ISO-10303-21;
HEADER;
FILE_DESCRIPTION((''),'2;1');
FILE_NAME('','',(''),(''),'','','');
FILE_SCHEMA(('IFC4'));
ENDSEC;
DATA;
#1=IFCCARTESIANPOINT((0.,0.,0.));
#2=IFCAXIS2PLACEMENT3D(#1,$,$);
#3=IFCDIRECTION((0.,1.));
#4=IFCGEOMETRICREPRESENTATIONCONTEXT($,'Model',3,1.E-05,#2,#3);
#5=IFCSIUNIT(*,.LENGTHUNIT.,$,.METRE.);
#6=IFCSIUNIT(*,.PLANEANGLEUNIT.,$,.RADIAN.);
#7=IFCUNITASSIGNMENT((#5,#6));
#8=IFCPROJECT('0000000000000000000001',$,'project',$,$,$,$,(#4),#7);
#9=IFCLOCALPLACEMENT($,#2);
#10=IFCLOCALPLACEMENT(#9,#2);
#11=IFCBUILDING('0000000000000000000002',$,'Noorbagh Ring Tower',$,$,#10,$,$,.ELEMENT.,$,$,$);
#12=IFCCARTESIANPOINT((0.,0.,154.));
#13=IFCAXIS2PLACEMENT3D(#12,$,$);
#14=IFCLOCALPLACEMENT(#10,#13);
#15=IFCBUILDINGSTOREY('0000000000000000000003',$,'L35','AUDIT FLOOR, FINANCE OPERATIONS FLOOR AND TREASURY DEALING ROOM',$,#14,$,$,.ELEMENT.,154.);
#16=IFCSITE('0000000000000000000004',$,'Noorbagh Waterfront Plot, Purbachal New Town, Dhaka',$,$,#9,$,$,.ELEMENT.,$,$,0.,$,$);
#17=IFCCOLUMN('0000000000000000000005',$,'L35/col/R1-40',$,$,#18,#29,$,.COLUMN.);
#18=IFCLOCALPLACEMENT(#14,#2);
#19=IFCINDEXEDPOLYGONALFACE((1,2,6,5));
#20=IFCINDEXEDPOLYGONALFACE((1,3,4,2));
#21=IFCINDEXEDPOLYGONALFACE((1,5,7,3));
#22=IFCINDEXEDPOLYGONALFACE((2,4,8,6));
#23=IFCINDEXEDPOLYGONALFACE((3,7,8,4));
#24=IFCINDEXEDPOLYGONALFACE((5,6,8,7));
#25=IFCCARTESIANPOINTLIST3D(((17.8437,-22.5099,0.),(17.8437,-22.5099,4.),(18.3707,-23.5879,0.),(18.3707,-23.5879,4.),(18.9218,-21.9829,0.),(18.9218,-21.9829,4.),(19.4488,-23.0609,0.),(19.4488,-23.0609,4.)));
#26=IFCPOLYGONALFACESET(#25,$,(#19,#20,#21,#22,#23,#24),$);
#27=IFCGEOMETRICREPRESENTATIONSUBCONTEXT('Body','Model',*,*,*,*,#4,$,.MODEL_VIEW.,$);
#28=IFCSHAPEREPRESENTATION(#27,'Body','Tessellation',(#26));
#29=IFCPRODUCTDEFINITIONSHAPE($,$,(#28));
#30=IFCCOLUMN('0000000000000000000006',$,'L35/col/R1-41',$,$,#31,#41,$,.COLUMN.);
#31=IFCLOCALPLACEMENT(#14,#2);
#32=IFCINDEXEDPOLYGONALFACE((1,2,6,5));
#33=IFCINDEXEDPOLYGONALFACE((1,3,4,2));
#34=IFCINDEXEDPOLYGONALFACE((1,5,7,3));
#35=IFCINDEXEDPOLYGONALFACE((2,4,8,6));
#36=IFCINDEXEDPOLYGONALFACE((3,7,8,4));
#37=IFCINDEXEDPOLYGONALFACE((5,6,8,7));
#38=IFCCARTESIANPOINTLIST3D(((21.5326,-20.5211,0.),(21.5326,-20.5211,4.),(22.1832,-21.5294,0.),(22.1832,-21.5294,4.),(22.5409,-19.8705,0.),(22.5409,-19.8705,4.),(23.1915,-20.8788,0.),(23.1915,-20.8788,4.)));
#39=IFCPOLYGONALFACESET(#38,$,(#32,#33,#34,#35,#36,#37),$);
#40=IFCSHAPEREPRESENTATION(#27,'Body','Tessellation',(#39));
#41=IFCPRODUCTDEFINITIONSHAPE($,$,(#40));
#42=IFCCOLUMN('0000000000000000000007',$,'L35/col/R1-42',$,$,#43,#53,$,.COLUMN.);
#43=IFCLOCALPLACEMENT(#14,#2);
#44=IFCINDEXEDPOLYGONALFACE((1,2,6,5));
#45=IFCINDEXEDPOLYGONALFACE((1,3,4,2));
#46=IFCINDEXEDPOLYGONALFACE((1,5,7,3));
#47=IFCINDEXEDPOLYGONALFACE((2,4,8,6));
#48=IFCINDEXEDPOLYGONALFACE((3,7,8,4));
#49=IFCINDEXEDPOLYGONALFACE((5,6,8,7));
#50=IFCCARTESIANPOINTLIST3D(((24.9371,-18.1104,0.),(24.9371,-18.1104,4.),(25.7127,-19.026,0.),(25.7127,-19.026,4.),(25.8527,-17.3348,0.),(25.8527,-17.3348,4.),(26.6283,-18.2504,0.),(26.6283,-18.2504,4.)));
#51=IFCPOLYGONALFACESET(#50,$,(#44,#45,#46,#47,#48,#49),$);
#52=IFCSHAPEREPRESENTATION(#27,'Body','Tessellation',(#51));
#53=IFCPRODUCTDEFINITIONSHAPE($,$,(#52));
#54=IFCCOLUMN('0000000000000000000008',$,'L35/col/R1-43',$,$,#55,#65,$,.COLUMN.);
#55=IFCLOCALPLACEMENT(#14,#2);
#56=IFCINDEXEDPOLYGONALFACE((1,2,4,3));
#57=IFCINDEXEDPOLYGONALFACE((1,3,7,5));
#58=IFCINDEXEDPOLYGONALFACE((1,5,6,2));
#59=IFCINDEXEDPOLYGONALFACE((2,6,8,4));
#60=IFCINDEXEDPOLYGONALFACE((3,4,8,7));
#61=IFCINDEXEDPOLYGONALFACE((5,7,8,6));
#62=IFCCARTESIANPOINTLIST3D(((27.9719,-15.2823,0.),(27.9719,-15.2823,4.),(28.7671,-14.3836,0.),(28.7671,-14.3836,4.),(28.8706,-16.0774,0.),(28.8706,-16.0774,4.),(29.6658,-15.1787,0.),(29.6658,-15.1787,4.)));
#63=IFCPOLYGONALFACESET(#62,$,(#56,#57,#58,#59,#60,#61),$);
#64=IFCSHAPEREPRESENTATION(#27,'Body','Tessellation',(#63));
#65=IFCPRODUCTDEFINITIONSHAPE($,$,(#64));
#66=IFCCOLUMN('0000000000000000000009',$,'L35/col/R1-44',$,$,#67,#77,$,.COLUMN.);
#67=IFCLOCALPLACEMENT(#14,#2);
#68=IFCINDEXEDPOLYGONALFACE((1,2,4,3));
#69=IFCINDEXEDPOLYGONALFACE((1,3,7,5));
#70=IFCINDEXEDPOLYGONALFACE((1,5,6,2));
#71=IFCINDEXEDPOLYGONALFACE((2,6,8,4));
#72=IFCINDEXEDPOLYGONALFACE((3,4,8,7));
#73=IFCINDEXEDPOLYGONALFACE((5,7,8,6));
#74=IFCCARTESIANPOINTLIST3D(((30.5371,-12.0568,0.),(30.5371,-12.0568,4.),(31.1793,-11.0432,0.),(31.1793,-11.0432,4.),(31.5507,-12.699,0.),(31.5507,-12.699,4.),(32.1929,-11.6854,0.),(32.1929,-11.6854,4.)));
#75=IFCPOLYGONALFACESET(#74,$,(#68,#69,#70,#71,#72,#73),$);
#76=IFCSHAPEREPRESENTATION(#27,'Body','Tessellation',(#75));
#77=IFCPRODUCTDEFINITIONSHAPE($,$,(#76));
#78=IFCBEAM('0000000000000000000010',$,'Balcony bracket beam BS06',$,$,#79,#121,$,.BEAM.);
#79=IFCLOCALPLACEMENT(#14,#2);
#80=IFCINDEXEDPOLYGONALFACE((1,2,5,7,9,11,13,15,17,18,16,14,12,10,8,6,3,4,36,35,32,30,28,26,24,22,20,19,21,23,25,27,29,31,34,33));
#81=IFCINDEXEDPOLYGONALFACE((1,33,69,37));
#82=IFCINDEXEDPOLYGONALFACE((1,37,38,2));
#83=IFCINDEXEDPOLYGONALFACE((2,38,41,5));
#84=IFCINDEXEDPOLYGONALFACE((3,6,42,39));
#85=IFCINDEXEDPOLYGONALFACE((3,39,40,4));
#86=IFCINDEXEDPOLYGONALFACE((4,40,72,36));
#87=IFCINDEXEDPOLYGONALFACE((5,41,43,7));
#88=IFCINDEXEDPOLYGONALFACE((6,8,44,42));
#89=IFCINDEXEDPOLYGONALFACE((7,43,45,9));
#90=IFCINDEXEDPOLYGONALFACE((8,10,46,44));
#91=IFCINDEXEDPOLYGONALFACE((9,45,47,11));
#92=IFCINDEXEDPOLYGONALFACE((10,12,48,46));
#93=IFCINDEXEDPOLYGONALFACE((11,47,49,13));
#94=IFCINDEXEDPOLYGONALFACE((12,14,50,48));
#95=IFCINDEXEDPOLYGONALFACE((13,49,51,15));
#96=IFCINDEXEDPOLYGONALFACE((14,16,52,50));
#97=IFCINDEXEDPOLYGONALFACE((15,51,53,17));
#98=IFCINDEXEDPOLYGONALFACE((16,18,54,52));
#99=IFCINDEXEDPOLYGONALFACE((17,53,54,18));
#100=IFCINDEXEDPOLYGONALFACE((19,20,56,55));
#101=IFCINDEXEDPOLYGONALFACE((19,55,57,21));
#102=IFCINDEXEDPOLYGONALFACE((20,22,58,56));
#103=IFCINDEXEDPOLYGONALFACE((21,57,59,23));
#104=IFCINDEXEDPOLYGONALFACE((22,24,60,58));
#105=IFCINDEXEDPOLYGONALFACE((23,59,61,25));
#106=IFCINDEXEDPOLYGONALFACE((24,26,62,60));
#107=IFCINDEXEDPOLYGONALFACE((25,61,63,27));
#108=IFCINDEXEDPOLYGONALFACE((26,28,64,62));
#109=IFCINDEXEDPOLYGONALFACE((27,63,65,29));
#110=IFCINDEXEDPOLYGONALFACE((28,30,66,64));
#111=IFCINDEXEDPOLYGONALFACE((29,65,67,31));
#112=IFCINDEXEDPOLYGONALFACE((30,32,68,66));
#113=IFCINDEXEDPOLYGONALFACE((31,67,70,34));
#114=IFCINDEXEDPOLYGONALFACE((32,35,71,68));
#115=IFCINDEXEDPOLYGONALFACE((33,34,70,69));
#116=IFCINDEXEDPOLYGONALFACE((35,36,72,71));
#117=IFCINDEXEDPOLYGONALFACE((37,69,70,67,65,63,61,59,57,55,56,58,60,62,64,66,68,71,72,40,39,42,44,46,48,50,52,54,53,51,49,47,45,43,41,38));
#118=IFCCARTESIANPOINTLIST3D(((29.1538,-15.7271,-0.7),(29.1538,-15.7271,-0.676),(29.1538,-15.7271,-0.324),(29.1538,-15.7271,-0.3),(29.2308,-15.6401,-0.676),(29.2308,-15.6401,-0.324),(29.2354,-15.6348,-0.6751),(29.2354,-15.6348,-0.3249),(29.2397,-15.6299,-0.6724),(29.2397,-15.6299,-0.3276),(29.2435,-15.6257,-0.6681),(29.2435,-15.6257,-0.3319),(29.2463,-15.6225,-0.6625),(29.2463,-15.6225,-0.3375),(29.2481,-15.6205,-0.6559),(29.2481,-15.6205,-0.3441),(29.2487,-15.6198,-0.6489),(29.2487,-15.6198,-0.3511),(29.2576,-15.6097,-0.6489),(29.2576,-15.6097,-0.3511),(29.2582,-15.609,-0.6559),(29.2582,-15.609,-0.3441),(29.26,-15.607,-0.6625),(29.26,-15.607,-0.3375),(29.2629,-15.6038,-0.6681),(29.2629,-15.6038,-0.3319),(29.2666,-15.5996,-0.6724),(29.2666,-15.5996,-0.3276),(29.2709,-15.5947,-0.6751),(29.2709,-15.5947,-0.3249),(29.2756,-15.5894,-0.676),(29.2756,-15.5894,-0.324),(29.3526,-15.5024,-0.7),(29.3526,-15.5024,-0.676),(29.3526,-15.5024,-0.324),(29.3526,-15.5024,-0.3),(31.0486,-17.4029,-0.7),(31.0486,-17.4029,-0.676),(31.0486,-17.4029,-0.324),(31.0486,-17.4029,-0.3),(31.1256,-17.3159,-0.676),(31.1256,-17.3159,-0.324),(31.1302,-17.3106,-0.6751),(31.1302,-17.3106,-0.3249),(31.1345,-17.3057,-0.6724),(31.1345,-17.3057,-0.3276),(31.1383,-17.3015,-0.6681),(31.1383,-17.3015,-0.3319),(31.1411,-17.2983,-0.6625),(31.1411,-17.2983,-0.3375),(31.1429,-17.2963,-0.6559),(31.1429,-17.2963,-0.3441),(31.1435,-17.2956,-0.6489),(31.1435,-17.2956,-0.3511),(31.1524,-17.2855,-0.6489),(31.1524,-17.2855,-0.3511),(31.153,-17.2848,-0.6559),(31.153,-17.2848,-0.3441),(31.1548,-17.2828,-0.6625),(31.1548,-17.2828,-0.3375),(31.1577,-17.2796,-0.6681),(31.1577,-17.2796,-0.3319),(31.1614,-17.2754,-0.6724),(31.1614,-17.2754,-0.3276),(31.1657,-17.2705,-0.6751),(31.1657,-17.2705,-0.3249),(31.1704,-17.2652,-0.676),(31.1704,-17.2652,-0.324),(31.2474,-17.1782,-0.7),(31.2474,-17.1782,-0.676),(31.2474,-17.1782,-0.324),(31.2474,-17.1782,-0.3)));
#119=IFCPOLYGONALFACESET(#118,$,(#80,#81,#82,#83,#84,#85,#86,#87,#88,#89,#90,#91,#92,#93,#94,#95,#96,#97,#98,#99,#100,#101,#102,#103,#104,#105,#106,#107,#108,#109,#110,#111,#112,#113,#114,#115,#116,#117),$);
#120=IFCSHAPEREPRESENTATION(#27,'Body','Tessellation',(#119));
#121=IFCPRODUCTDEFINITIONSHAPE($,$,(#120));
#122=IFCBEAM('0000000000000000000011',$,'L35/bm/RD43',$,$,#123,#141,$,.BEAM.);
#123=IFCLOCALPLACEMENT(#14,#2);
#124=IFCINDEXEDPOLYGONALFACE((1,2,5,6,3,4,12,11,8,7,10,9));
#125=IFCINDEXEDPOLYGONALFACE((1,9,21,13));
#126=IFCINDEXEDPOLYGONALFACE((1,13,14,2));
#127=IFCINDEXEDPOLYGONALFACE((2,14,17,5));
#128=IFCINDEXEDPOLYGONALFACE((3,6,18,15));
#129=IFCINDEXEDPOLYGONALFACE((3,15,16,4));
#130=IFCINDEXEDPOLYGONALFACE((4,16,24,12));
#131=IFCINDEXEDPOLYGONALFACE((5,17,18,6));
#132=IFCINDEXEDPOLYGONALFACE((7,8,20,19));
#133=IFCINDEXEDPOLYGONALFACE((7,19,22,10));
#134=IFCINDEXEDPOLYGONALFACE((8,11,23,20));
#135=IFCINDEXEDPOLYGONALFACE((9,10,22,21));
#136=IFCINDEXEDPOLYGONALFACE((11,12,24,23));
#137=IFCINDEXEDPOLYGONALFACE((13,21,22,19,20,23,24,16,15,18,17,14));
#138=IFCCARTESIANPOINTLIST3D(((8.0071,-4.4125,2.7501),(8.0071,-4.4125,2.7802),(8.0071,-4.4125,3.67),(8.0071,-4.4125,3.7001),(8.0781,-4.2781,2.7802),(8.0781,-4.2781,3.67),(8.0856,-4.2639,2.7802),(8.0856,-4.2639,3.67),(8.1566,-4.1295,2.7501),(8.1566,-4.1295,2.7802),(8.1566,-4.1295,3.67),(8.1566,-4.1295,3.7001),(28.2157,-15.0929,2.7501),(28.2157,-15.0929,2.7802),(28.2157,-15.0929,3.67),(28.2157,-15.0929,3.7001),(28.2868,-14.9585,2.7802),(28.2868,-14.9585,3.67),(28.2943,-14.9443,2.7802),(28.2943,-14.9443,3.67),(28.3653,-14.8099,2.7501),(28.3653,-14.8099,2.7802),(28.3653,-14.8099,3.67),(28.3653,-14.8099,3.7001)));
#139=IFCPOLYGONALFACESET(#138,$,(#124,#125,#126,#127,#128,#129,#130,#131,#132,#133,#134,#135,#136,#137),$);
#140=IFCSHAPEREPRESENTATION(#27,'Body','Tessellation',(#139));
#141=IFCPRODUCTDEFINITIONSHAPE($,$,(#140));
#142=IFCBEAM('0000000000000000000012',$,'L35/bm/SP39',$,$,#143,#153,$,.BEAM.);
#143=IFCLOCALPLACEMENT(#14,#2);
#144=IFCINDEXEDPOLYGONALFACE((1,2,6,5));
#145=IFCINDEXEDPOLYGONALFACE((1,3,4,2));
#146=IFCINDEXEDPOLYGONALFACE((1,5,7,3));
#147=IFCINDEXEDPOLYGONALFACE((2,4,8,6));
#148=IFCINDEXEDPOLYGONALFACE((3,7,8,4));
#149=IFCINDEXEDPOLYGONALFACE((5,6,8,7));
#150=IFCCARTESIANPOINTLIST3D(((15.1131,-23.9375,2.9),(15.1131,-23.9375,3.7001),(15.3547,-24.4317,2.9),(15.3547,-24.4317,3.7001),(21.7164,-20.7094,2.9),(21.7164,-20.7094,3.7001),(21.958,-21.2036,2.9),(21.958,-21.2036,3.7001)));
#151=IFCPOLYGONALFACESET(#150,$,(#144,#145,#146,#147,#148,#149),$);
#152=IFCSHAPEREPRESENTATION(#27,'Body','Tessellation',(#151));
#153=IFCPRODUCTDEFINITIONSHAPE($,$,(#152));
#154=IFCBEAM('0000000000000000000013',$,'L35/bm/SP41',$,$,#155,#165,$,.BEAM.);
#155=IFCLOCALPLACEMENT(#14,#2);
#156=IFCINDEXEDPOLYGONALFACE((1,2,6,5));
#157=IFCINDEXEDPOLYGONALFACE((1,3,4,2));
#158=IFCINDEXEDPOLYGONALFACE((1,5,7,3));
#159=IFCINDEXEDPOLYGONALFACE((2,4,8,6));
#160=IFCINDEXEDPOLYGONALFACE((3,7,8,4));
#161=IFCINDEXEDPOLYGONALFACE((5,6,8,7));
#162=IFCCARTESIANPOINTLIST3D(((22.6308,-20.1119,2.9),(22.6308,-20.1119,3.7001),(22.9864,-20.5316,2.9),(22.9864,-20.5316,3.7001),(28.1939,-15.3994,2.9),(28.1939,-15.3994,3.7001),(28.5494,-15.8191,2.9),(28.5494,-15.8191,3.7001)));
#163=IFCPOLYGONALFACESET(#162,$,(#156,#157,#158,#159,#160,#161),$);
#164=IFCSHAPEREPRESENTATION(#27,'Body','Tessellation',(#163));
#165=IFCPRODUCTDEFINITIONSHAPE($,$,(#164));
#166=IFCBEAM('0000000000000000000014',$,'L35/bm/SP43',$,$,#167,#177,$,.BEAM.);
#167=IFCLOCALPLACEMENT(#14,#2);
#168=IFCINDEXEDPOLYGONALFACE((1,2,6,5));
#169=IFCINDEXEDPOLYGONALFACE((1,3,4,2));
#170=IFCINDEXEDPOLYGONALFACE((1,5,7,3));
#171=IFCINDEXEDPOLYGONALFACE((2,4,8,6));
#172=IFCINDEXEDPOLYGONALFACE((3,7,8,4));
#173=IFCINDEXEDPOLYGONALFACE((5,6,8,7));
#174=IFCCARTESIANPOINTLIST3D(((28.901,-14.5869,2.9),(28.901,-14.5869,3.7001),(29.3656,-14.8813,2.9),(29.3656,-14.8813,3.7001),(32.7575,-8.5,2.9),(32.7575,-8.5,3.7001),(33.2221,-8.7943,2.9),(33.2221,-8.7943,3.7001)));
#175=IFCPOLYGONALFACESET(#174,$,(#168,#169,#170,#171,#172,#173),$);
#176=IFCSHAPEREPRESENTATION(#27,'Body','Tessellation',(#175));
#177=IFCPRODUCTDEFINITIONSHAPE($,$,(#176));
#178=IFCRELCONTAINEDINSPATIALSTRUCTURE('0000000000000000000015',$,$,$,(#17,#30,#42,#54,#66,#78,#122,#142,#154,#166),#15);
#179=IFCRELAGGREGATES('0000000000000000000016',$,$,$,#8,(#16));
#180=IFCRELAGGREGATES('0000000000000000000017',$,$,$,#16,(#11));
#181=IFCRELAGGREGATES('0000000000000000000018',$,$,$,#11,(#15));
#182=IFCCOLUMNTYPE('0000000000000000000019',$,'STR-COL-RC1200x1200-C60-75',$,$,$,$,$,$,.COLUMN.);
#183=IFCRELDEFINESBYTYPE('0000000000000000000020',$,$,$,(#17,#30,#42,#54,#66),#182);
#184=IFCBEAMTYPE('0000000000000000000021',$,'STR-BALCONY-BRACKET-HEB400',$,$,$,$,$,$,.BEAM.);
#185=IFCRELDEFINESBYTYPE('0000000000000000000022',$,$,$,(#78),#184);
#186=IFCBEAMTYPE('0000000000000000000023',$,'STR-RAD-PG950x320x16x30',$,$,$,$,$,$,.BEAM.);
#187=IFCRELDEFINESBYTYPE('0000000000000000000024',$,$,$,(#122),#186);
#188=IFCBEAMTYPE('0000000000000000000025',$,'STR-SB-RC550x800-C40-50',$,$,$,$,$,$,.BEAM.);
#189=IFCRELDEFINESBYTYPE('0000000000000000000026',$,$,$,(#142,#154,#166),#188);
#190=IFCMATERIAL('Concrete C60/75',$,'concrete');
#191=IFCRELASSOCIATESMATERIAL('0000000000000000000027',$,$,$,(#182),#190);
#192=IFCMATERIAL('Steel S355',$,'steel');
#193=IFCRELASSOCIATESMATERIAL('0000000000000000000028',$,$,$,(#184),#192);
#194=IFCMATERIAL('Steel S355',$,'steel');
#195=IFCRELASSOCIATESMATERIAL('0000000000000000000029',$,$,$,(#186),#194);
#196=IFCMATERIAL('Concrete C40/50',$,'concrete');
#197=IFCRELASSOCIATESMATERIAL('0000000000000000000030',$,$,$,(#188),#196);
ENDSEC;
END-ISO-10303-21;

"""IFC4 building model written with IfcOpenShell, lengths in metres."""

from ifc_helpers import new_model, si_unit, direction, frame, origin, origin_2d, place, context, subcontext, project, spatial, rectangle, i_section, extrude, material, material_profile, profile_set, type_object, element, save


model = new_model("IFC4")

# Units and contexts
model_context = context("Model", 3, precision=1e-05, world=origin(), true_north=direction((0.0, 1.0)))
body_context = subcontext(model_context, "Body", "Model", "MODEL_VIEW")
ifc_project = project(units=[si_unit("LENGTHUNIT", "METRE"), si_unit("PLANEANGLEUNIT", "RADIAN")], contexts=[model_context])

# Site, building, storey
site_placement = place(None, origin())
site = spatial("IfcSite", under=ifc_project, at=site_placement, Name="Noorbagh Waterfront Plot, Purbachal New Town, Dhaka", CompositionType="ELEMENT", RefElevation=0.0)
building_placement = place(site_placement, origin())
building = spatial("IfcBuilding", under=site, at=building_placement, Name="Noorbagh Ring Tower", CompositionType="ELEMENT")
storey_placement = place(building_placement, frame((0.0, 0.0, 154.0)))
storey = spatial("IfcBuildingStorey", under=building, at=storey_placement, Name="L35", Description="AUDIT FLOOR, FINANCE OPERATIONS FLOOR AND TREASURY DEALING ROOM", CompositionType="ELEMENT", Elevation=154.0)

# Columns
ifc_material_1 = material(Name="Concrete C60/75", Category="concrete")
ifc_material_profile_1 = material_profile(ifc_material_1, rectangle(XDim=1.2, YDim=1.2, at=origin_2d()), Name="RC1200x1200")
ifc_profile_set_1 = profile_set([ifc_material_profile_1], Name="Concrete C60/75")
column_type = type_object("IfcColumnType", Name="STR-COL-RC1200x1200-C60-75", PredefinedType="COLUMN", material=ifc_profile_set_1)
for number, where, z_axis, x_axis, name in (
    (1, (18.6462, -22.7854, 0.0), (0.0, 0.0, 1.0), (0.898399, 0.43918, 0.0), "L35/col/R1-40"),
    (2, (22.3621, -20.7, 0.0), (0.0, 0.0, 1.0), (0.840248, 0.542203, 0.0), "L35/col/R1-41"),
    (3, (25.7827, -18.1804, 0.0), (0.0, 0.0, 1.0), (0.763035, 0.646357, 0.0), "L35/col/R1-42"),
    (4, (28.8188, -15.2305, 0.0), (0.0, 0.0, 1.0), (0.662636, 0.748942, 0.0), "L35/col/R1-43"),
    (5, (31.365, -11.8711, 0.0), (0.0, 0.0, 1.0), (0.53519, 0.844731, 0.0), "L35/col/R1-44"),
):
    element("IfcColumn", number, at=place(storey_placement, frame(where, z_axis=z_axis, x_axis=x_axis)), inside=storey, type_object=column_type, Name=name, PredefinedType="COLUMN", context=body_context, shape_type="SweptSolid", body=[
        extrude(rectangle(XDim=1.2, YDim=1.2, at=origin_2d()), origin(), (0.0, 0.0, 1.0), 4.0),
    ])

# Beams
ifc_material_2 = material(Name="Steel S355", Category="steel")
ifc_material_profile_2 = material_profile(ifc_material_2, i_section(OverallWidth=0.3, OverallDepth=0.3999, WebThickness=0.0134, FlangeThickness=0.0239, FilletRadius=0.0271, at=origin_2d()), Name="HEB400")
ifc_profile_set_2 = profile_set([ifc_material_profile_2], Name="Steel S355")
beam_type_1 = type_object("IfcBeamType", Name="STR-BALCONY-BRACKET-HEB400", PredefinedType="BEAM", material=ifc_profile_set_2)
beam_1_placement = place(storey_placement, frame((29.2532, -15.6147, -0.5), z_axis=(0.749068, -0.662493, 0.0), x_axis=(0.662493, 0.749068, 0.0)))
element("IfcBeam", 6, at=beam_1_placement, inside=storey, type_object=beam_type_1, Name="Balcony bracket beam BS06", PredefinedType="BEAM", context=body_context, shape_type="SweptSolid", body=[
    extrude(i_section(OverallWidth=0.3, OverallDepth=0.3999, WebThickness=0.0134, FlangeThickness=0.0239, FilletRadius=0.0271, at=origin_2d()), origin(), (0.0, 0.0, 1.0), 2.5295),
])
ifc_material_3 = material(Name="Steel S355", Category="steel")
ifc_material_profile_3 = material_profile(ifc_material_3, i_section(OverallWidth=0.3201, OverallDepth=0.95, WebThickness=0.0161, FlangeThickness=0.03, at=origin_2d()), Name="PG950x320x16x30")
ifc_profile_set_3 = profile_set([ifc_material_profile_3], Name="Steel S355")
beam_type_2 = type_object("IfcBeamType", Name="STR-RAD-PG950x320x16x30", PredefinedType="BEAM", material=ifc_profile_set_3)
beam_2_placement = place(storey_placement, frame((28.2905, -14.9514, 3.2251), z_axis=(-0.884119, 0.467261, 0.0), x_axis=(-0.467261, -0.884119, 0.0)))
element("IfcBeam", 7, at=beam_2_placement, inside=storey, type_object=beam_type_2, Name="L35/bm/RD43", PredefinedType="BEAM", context=body_context, shape_type="SweptSolid", body=[
    extrude(i_section(OverallWidth=0.3201, OverallDepth=0.95, WebThickness=0.0161, FlangeThickness=0.03, at=origin_2d()), origin(), (0.0, 0.0, 1.0), 22.8574),
])
ifc_material_4 = material(Name="Concrete C40/50", Category="concrete")
ifc_material_profile_4 = material_profile(ifc_material_4, rectangle(XDim=0.55, YDim=0.8, at=origin_2d()), Name="RC550x800")
ifc_profile_set_4 = profile_set([ifc_material_profile_4], Name="Concrete C40/50")
beam_type_3 = type_object("IfcBeamType", Name="STR-SB-RC550x800-C40-50", PredefinedType="BEAM", material=ifc_profile_set_4)
beam_3_placement = place(storey_placement, frame((15.2339, -24.1846, 3.3), z_axis=(0.898397, 0.439184, 0.0), x_axis=(-0.439184, 0.898397, 0.0)))
element("IfcBeam", 8, at=beam_3_placement, inside=storey, type_object=beam_type_3, Name="L35/bm/SP39", PredefinedType="BEAM", context=body_context, shape_type="SweptSolid", body=[
    extrude(rectangle(XDim=0.55, YDim=0.8, at=origin_2d()), origin(), (0.0, 0.0, 1.0), 7.3501),
])
beam_4_placement = place(storey_placement, frame((22.8086, -20.3218, 3.3), z_axis=(0.763031, 0.646362, 0.0), x_axis=(-0.646362, 0.763031, 0.0)))
element("IfcBeam", 9, at=beam_4_placement, inside=storey, type_object=beam_type_3, Name="L35/bm/SP41", PredefinedType="BEAM", context=body_context, shape_type="SweptSolid", body=[
    extrude(rectangle(XDim=0.55, YDim=0.8, at=origin_2d()), origin(), (0.0, 0.0, 1.0), 7.2908),
])
beam_5_placement = place(storey_placement, frame((29.1333, -14.7341, 3.3), z_axis=(0.535191, 0.844731, 0.0), x_axis=(-0.844731, 0.535191, 0.0)))
element("IfcBeam", 10, at=beam_5_placement, inside=storey, type_object=beam_type_3, Name="L35/bm/SP43", PredefinedType="BEAM", context=body_context, shape_type="SweptSolid", body=[
    extrude(rectangle(XDim=0.55, YDim=0.8, at=origin_2d()), origin(), (0.0, 0.0, 1.0), 7.2058),
])

save(model, "model.ifc")
